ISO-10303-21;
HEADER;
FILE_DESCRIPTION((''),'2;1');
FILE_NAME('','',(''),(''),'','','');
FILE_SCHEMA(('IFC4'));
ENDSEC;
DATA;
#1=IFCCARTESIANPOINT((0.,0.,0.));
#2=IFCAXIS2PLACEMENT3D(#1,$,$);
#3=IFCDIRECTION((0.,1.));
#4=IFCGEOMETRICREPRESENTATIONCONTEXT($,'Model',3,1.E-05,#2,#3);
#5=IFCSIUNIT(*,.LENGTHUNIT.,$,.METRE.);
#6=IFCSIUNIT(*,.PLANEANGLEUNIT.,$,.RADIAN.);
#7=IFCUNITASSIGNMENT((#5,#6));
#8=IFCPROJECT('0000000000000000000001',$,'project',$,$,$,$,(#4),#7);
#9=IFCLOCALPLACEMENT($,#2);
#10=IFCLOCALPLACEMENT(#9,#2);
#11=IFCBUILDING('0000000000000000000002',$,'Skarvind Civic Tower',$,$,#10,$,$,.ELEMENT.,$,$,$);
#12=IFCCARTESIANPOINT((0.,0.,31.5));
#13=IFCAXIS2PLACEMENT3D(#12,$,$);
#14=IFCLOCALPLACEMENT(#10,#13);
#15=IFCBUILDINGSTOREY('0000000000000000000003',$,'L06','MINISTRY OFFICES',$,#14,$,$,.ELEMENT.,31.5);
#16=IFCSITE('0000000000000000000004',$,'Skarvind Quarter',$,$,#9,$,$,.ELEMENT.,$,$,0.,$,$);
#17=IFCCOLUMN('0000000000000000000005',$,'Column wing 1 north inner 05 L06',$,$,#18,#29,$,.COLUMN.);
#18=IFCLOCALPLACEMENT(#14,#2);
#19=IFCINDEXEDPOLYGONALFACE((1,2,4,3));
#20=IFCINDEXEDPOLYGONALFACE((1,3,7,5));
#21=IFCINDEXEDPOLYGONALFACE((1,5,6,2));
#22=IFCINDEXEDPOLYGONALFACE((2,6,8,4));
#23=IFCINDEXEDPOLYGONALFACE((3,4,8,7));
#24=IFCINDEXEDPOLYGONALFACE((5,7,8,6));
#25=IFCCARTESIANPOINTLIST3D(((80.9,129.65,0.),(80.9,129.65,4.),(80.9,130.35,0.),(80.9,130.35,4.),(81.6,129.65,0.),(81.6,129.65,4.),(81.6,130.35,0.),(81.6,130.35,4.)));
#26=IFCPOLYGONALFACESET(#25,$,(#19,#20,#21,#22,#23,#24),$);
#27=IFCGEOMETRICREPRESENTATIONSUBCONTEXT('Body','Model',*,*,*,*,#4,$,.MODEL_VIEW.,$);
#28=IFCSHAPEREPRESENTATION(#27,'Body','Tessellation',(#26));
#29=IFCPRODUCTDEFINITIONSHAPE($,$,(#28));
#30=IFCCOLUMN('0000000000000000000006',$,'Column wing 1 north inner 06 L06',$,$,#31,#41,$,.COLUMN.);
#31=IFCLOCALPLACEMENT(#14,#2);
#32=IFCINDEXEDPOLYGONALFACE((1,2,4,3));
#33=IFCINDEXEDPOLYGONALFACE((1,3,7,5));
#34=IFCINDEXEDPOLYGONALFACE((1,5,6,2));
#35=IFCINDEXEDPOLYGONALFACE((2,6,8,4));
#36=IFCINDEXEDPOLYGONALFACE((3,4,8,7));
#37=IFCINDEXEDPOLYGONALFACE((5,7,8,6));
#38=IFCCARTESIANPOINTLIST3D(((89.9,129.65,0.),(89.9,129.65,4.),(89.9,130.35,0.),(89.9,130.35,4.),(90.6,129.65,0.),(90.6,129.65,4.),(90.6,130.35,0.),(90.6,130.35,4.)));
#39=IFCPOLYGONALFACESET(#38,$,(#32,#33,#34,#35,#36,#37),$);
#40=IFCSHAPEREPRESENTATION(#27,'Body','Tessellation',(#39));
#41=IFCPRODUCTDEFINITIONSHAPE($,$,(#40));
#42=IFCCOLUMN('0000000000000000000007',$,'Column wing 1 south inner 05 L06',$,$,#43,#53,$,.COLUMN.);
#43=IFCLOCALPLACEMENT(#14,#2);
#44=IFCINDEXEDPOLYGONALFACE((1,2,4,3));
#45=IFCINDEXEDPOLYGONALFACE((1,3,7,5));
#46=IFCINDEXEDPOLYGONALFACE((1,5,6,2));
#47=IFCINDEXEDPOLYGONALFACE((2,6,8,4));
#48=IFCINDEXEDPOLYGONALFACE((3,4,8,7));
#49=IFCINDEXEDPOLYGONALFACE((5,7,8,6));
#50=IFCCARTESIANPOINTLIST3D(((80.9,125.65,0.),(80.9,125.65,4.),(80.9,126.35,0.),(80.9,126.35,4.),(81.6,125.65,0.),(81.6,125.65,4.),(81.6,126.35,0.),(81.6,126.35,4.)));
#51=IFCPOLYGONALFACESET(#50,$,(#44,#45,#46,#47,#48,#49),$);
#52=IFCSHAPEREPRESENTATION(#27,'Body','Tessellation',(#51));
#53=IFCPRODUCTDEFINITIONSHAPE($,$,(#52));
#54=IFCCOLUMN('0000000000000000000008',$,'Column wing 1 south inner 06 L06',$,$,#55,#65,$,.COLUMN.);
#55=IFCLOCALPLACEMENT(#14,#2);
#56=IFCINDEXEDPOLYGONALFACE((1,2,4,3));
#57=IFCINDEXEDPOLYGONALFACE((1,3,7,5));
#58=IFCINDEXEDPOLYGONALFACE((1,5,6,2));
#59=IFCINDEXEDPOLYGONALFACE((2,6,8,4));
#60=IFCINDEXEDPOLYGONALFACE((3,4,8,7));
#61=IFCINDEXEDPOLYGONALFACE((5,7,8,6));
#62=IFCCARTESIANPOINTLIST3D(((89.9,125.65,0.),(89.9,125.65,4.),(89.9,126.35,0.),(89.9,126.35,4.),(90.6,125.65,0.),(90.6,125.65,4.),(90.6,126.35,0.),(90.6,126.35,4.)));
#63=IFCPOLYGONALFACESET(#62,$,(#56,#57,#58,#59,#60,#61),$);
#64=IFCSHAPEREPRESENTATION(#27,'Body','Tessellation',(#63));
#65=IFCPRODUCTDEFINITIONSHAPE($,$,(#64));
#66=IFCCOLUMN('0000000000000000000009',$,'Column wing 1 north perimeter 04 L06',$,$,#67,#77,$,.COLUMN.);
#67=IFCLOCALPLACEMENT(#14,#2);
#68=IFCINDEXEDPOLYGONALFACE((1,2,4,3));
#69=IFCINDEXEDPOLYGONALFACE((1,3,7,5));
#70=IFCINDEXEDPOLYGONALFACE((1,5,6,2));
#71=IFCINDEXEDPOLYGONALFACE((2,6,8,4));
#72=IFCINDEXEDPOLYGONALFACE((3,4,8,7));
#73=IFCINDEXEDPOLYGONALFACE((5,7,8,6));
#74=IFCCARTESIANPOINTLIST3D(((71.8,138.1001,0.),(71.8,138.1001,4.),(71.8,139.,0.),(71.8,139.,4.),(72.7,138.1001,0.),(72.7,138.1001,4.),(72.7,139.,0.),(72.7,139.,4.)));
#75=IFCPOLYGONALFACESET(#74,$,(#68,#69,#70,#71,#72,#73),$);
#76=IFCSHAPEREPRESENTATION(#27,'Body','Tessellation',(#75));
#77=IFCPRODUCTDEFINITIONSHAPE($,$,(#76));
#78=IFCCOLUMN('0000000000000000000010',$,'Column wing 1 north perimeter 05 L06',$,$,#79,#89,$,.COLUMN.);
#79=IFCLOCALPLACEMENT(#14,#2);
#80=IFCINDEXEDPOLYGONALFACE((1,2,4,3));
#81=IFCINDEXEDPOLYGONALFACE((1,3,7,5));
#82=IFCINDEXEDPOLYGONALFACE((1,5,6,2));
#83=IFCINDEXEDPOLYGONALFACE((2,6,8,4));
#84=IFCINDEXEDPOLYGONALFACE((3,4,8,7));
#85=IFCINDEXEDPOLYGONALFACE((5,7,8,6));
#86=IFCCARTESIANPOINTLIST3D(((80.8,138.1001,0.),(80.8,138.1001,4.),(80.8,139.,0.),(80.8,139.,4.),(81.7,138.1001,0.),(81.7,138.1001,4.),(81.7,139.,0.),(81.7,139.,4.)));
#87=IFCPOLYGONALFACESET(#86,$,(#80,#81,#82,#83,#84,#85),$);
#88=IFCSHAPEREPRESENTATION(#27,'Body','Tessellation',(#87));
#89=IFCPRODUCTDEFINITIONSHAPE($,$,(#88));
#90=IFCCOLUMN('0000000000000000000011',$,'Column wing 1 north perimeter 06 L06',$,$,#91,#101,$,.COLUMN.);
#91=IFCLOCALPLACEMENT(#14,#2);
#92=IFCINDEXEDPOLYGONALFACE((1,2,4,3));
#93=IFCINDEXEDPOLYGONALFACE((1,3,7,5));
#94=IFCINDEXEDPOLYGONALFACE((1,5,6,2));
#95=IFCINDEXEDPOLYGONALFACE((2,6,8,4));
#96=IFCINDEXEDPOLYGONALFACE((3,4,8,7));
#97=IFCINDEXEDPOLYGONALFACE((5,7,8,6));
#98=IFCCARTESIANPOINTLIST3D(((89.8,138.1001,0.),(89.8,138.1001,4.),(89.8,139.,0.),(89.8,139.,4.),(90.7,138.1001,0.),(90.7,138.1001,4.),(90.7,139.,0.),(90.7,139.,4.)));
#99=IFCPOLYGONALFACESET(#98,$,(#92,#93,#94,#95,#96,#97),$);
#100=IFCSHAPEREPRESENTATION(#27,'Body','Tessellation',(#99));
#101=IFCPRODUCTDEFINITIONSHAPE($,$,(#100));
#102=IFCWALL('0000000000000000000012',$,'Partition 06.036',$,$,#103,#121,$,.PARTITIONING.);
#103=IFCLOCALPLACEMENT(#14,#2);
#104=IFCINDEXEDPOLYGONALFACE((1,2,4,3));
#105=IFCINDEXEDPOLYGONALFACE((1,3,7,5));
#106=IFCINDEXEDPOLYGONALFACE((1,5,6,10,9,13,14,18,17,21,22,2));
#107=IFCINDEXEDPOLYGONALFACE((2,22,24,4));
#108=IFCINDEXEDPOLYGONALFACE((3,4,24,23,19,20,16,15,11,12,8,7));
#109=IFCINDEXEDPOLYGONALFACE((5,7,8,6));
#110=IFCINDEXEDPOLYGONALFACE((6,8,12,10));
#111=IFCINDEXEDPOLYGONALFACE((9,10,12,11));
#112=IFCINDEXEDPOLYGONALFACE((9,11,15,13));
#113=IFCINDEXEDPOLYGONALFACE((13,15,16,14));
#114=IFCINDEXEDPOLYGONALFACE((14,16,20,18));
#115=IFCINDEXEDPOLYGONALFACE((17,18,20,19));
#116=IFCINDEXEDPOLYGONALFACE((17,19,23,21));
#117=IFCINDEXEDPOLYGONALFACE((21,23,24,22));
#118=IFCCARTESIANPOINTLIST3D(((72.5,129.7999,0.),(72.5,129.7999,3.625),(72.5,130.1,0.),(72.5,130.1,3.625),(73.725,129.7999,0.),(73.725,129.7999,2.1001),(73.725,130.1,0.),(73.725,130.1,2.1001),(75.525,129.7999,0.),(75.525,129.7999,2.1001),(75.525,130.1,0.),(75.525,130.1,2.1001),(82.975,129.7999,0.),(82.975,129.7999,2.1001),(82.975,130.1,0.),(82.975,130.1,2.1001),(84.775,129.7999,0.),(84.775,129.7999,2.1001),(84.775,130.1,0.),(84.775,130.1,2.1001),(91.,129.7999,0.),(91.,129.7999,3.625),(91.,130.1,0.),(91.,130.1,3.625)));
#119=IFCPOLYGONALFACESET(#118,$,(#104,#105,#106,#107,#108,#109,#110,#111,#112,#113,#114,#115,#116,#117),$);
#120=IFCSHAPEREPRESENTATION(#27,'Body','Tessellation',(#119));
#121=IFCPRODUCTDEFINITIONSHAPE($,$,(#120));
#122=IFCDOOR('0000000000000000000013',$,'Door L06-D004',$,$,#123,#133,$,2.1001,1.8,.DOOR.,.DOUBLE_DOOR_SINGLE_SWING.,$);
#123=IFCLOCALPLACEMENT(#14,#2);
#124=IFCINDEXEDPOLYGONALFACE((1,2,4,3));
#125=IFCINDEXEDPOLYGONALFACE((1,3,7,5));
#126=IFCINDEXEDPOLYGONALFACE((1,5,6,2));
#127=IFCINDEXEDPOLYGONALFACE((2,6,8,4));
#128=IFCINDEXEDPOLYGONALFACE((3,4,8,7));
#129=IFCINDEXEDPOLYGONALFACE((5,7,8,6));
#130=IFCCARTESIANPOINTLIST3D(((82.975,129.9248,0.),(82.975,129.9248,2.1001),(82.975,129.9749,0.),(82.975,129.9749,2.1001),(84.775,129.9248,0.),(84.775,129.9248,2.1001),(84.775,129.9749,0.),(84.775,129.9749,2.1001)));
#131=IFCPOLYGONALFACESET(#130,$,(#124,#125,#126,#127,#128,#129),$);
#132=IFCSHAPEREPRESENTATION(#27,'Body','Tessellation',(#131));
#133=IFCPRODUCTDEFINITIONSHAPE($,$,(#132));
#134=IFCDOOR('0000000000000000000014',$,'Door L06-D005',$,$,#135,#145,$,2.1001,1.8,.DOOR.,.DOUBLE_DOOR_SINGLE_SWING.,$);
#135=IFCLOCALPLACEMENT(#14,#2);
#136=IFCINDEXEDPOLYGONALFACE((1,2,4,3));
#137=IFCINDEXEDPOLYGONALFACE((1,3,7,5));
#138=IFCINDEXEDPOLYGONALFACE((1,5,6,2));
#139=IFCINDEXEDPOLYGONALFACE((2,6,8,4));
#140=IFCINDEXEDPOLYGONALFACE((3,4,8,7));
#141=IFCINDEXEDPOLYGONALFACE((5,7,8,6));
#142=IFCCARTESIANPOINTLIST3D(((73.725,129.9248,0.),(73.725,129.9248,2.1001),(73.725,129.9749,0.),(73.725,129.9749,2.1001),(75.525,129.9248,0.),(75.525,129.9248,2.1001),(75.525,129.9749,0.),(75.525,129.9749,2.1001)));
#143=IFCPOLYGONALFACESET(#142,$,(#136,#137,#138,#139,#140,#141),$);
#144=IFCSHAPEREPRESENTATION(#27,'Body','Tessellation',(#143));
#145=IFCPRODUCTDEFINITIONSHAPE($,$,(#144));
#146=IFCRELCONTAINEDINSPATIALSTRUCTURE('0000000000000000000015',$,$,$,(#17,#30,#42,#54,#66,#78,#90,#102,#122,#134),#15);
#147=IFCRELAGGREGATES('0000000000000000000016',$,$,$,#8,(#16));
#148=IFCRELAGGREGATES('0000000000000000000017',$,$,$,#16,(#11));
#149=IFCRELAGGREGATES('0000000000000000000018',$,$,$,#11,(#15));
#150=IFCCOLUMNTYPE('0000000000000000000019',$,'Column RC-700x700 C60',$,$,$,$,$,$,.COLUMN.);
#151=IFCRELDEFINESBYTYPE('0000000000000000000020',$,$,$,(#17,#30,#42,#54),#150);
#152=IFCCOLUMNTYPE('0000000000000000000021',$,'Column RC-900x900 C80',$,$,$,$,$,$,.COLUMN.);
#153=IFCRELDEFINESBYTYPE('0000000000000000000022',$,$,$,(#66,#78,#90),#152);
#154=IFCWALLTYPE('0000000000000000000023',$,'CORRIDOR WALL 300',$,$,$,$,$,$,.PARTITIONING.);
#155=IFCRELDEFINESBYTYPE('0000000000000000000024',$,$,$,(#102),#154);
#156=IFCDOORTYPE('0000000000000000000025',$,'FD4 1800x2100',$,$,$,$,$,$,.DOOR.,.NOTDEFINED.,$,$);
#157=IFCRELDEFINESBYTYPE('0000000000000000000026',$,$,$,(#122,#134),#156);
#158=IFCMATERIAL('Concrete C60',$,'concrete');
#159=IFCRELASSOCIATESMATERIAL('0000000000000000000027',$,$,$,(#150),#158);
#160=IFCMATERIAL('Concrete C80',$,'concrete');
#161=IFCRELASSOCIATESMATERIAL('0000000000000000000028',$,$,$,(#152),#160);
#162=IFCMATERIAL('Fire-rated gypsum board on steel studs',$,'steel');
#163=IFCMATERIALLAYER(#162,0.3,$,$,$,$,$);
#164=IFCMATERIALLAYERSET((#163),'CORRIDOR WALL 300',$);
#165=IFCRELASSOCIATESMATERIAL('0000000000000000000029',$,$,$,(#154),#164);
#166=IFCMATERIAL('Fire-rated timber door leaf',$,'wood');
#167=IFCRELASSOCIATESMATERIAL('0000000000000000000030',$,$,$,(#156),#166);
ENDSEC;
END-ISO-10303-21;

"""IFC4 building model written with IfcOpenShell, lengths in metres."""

from ifc_helpers import new_model, si_unit, direction, frame, frame_2d, origin, origin_2d, place, context, subcontext, project, spatial, rectangle, extrude, material, layer, layer_set, material_profile, profile_set, type_object, element, fill, save


model = new_model("IFC4")

# Units and contexts
model_context = context("Model", 3, precision=1e-05, world=origin(), true_north=direction((0.0, 1.0)))
body_context = subcontext(model_context, "Body", "Model", "MODEL_VIEW")
ifc_project = project(units=[si_unit("LENGTHUNIT", "METRE"), si_unit("PLANEANGLEUNIT", "RADIAN")], contexts=[model_context])

# Site, building, storey
site_placement = place(None, origin())
site = spatial("IfcSite", under=ifc_project, at=site_placement, Name="Skarvind Quarter", CompositionType="ELEMENT", RefElevation=0.0)
building_placement = place(site_placement, origin())
building = spatial("IfcBuilding", under=site, at=building_placement, Name="Skarvind Civic Tower", CompositionType="ELEMENT")
storey_placement = place(building_placement, frame((0.0, 0.0, 31.5)))
storey = spatial("IfcBuildingStorey", under=building, at=storey_placement, Name="L06", Description="MINISTRY OFFICES", CompositionType="ELEMENT", Elevation=31.5)

# Columns
ifc_material_1 = material(Name="Concrete C60", Category="concrete")
ifc_material_profile_1 = material_profile(ifc_material_1, rectangle(XDim=0.7, YDim=0.7, at=origin_2d()), Name="RC-700x700")
ifc_profile_set_1 = profile_set([ifc_material_profile_1], Name="Concrete C60")
column_type_1 = type_object("IfcColumnType", Name="Column RC-700x700 C60", PredefinedType="COLUMN", material=ifc_profile_set_1)
for number, where, z_axis, x_axis, name in (
    (1, (81.25, 130.0, 0.0), (0.0, 0.0, 1.0), (1.0, 0.0, 0.0), "Column wing 1 north inner 05 L06"),
    (2, (90.25, 130.0, 0.0), (0.0, 0.0, 1.0), (1.0, 0.0, 0.0), "Column wing 1 north inner 06 L06"),
    (3, (81.25, 126.0, 0.0), (0.0, 0.0, 1.0), (1.0, 0.0, 0.0), "Column wing 1 south inner 05 L06"),
    (4, (90.25, 126.0, 0.0), (0.0, 0.0, 1.0), (1.0, 0.0, 0.0), "Column wing 1 south inner 06 L06"),
):
    element("IfcColumn", number, at=place(storey_placement, frame(where, z_axis=z_axis, x_axis=x_axis)), inside=storey, type_object=column_type_1, Name=name, PredefinedType="COLUMN", context=body_context, shape_type="SweptSolid", body=[
        extrude(rectangle(XDim=0.7, YDim=0.7, at=origin_2d()), origin(), (0.0, 0.0, 1.0), 4.0),
    ])
ifc_material_2 = material(Name="Concrete C80", Category="concrete")
ifc_material_profile_2 = material_profile(ifc_material_2, rectangle(XDim=0.8999, YDim=0.8999, at=origin_2d()), Name="RC-900x900")
ifc_profile_set_2 = profile_set([ifc_material_profile_2], Name="Concrete C80")
column_type_2 = type_object("IfcColumnType", Name="Column RC-900x900 C80", PredefinedType="COLUMN", material=ifc_profile_set_2)
for number, where, z_axis, x_axis, name in (
    (5, (72.25, 138.55, 0.0), (0.0, 0.0, 1.0), (1.0, 0.0, 0.0), "Column wing 1 north perimeter 04 L06"),
    (6, (81.25, 138.55, 0.0), (0.0, 0.0, 1.0), (1.0, 0.0, 0.0), "Column wing 1 north perimeter 05 L06"),
    (7, (90.25, 138.55, 0.0), (0.0, 0.0, 1.0), (1.0, 0.0, 0.0), "Column wing 1 north perimeter 06 L06"),
):
    element("IfcColumn", number, at=place(storey_placement, frame(where, z_axis=z_axis, x_axis=x_axis)), inside=storey, type_object=column_type_2, Name=name, PredefinedType="COLUMN", context=body_context, shape_type="SweptSolid", body=[
        extrude(rectangle(XDim=0.8999, YDim=0.8999, at=origin_2d()), origin(), (0.0, 0.0, 1.0), 4.0),
    ])

# Wall, openings, doors
ifc_material_3 = material(Name="Fire-rated gypsum board on steel studs", Category="steel")
ifc_layer_1 = layer(ifc_material_3, 0.3)
ifc_layer_set_1 = layer_set([ifc_layer_1], Name="CORRIDOR WALL 300")
wall_type_1 = type_object("IfcWallType", Name="CORRIDOR WALL 300", PredefinedType="PARTITIONING", material=ifc_layer_set_1)
wall_1_placement = place(storey_placement, frame((72.5, 129.95, 0.0), z_axis=(0.0, 0.0, 1.0), x_axis=(1.0, 0.0, 0.0)))
wall_1 = element("IfcWall", 8, at=wall_1_placement, inside=storey, type_object=wall_type_1, Name="Partition 06.036", PredefinedType="PARTITIONING", context=body_context, shape_type="SweptSolid", body=[
    extrude(rectangle(XDim=18.5, YDim=0.3, at=frame_2d((9.25, 0.0))), origin(), (0.0, 0.0, 1.0), 3.625),
])
opening_1_placement = place(wall_1_placement, frame((10.4751, 0.0, 0.0)))
opening_1 = element("IfcOpeningElement", 9, at=opening_1_placement, cuts=wall_1, PredefinedType="OPENING", context=body_context, shape_type="SweptSolid", body=[
    extrude(rectangle(XDim=1.8, YDim=2.1001, at=frame_2d((0.8999, 1.05))), frame((0.0, 0.1599, 0.0), z_axis=(0.0, -1.0, 0.0), x_axis=(1.0, 0.0, 0.0)), (0.0, 0.0, 1.0), 0.3201),
])
opening_2_placement = place(wall_1_placement, frame((1.2251, 0.0, 0.0)))
opening_2 = element("IfcOpeningElement", 10, at=opening_2_placement, cuts=wall_1, PredefinedType="OPENING", context=body_context, shape_type="SweptSolid", body=[
    extrude(rectangle(XDim=1.8, YDim=2.1001, at=frame_2d((0.8999, 1.05))), frame((0.0, 0.1599, 0.0), z_axis=(0.0, -1.0, 0.0), x_axis=(1.0, 0.0, 0.0)), (0.0, 0.0, 1.0), 0.3201),
])
ifc_material_4 = material(Name="Fire-rated timber door leaf", Category="wood")
door_type_1 = type_object("IfcDoorType", Name="FD4 1800x2100", OperationType="NOTDEFINED", PredefinedType="DOOR", material=ifc_material_4)
door_1_placement = place(opening_1_placement, origin())
door_1 = element("IfcDoor", 11, at=door_1_placement, inside=storey, type_object=door_type_1, Name="Door L06-D004", OperationType="DOUBLE_DOOR_SINGLE_SWING", OverallHeight=2.1001, OverallWidth=1.8, PredefinedType="DOOR", context=body_context, shape_type="SweptSolid", body=[
    extrude(rectangle(XDim=1.8, YDim=2.1001, at=frame_2d((0.8999, 1.05))), frame((0.0, 0.0249, 0.0), z_axis=(0.0, -1.0, 0.0), x_axis=(1.0, 0.0, 0.0)), (0.0, 0.0, 1.0), 0.05),
])
fill(opening_1, door_1)
door_2_placement = place(opening_2_placement, origin())
door_2 = element("IfcDoor", 12, at=door_2_placement, inside=storey, type_object=door_type_1, Name="Door L06-D005", OperationType="DOUBLE_DOOR_SINGLE_SWING", OverallHeight=2.1001, OverallWidth=1.8, PredefinedType="DOOR", context=body_context, shape_type="SweptSolid", body=[
    extrude(rectangle(XDim=1.8, YDim=2.1001, at=frame_2d((0.8999, 1.05))), frame((0.0, 0.0249, 0.0), z_axis=(0.0, -1.0, 0.0), x_axis=(1.0, 0.0, 0.0)), (0.0, 0.0, 1.0), 0.05),
])
fill(opening_2, door_2)

save(model, "model.ifc")
